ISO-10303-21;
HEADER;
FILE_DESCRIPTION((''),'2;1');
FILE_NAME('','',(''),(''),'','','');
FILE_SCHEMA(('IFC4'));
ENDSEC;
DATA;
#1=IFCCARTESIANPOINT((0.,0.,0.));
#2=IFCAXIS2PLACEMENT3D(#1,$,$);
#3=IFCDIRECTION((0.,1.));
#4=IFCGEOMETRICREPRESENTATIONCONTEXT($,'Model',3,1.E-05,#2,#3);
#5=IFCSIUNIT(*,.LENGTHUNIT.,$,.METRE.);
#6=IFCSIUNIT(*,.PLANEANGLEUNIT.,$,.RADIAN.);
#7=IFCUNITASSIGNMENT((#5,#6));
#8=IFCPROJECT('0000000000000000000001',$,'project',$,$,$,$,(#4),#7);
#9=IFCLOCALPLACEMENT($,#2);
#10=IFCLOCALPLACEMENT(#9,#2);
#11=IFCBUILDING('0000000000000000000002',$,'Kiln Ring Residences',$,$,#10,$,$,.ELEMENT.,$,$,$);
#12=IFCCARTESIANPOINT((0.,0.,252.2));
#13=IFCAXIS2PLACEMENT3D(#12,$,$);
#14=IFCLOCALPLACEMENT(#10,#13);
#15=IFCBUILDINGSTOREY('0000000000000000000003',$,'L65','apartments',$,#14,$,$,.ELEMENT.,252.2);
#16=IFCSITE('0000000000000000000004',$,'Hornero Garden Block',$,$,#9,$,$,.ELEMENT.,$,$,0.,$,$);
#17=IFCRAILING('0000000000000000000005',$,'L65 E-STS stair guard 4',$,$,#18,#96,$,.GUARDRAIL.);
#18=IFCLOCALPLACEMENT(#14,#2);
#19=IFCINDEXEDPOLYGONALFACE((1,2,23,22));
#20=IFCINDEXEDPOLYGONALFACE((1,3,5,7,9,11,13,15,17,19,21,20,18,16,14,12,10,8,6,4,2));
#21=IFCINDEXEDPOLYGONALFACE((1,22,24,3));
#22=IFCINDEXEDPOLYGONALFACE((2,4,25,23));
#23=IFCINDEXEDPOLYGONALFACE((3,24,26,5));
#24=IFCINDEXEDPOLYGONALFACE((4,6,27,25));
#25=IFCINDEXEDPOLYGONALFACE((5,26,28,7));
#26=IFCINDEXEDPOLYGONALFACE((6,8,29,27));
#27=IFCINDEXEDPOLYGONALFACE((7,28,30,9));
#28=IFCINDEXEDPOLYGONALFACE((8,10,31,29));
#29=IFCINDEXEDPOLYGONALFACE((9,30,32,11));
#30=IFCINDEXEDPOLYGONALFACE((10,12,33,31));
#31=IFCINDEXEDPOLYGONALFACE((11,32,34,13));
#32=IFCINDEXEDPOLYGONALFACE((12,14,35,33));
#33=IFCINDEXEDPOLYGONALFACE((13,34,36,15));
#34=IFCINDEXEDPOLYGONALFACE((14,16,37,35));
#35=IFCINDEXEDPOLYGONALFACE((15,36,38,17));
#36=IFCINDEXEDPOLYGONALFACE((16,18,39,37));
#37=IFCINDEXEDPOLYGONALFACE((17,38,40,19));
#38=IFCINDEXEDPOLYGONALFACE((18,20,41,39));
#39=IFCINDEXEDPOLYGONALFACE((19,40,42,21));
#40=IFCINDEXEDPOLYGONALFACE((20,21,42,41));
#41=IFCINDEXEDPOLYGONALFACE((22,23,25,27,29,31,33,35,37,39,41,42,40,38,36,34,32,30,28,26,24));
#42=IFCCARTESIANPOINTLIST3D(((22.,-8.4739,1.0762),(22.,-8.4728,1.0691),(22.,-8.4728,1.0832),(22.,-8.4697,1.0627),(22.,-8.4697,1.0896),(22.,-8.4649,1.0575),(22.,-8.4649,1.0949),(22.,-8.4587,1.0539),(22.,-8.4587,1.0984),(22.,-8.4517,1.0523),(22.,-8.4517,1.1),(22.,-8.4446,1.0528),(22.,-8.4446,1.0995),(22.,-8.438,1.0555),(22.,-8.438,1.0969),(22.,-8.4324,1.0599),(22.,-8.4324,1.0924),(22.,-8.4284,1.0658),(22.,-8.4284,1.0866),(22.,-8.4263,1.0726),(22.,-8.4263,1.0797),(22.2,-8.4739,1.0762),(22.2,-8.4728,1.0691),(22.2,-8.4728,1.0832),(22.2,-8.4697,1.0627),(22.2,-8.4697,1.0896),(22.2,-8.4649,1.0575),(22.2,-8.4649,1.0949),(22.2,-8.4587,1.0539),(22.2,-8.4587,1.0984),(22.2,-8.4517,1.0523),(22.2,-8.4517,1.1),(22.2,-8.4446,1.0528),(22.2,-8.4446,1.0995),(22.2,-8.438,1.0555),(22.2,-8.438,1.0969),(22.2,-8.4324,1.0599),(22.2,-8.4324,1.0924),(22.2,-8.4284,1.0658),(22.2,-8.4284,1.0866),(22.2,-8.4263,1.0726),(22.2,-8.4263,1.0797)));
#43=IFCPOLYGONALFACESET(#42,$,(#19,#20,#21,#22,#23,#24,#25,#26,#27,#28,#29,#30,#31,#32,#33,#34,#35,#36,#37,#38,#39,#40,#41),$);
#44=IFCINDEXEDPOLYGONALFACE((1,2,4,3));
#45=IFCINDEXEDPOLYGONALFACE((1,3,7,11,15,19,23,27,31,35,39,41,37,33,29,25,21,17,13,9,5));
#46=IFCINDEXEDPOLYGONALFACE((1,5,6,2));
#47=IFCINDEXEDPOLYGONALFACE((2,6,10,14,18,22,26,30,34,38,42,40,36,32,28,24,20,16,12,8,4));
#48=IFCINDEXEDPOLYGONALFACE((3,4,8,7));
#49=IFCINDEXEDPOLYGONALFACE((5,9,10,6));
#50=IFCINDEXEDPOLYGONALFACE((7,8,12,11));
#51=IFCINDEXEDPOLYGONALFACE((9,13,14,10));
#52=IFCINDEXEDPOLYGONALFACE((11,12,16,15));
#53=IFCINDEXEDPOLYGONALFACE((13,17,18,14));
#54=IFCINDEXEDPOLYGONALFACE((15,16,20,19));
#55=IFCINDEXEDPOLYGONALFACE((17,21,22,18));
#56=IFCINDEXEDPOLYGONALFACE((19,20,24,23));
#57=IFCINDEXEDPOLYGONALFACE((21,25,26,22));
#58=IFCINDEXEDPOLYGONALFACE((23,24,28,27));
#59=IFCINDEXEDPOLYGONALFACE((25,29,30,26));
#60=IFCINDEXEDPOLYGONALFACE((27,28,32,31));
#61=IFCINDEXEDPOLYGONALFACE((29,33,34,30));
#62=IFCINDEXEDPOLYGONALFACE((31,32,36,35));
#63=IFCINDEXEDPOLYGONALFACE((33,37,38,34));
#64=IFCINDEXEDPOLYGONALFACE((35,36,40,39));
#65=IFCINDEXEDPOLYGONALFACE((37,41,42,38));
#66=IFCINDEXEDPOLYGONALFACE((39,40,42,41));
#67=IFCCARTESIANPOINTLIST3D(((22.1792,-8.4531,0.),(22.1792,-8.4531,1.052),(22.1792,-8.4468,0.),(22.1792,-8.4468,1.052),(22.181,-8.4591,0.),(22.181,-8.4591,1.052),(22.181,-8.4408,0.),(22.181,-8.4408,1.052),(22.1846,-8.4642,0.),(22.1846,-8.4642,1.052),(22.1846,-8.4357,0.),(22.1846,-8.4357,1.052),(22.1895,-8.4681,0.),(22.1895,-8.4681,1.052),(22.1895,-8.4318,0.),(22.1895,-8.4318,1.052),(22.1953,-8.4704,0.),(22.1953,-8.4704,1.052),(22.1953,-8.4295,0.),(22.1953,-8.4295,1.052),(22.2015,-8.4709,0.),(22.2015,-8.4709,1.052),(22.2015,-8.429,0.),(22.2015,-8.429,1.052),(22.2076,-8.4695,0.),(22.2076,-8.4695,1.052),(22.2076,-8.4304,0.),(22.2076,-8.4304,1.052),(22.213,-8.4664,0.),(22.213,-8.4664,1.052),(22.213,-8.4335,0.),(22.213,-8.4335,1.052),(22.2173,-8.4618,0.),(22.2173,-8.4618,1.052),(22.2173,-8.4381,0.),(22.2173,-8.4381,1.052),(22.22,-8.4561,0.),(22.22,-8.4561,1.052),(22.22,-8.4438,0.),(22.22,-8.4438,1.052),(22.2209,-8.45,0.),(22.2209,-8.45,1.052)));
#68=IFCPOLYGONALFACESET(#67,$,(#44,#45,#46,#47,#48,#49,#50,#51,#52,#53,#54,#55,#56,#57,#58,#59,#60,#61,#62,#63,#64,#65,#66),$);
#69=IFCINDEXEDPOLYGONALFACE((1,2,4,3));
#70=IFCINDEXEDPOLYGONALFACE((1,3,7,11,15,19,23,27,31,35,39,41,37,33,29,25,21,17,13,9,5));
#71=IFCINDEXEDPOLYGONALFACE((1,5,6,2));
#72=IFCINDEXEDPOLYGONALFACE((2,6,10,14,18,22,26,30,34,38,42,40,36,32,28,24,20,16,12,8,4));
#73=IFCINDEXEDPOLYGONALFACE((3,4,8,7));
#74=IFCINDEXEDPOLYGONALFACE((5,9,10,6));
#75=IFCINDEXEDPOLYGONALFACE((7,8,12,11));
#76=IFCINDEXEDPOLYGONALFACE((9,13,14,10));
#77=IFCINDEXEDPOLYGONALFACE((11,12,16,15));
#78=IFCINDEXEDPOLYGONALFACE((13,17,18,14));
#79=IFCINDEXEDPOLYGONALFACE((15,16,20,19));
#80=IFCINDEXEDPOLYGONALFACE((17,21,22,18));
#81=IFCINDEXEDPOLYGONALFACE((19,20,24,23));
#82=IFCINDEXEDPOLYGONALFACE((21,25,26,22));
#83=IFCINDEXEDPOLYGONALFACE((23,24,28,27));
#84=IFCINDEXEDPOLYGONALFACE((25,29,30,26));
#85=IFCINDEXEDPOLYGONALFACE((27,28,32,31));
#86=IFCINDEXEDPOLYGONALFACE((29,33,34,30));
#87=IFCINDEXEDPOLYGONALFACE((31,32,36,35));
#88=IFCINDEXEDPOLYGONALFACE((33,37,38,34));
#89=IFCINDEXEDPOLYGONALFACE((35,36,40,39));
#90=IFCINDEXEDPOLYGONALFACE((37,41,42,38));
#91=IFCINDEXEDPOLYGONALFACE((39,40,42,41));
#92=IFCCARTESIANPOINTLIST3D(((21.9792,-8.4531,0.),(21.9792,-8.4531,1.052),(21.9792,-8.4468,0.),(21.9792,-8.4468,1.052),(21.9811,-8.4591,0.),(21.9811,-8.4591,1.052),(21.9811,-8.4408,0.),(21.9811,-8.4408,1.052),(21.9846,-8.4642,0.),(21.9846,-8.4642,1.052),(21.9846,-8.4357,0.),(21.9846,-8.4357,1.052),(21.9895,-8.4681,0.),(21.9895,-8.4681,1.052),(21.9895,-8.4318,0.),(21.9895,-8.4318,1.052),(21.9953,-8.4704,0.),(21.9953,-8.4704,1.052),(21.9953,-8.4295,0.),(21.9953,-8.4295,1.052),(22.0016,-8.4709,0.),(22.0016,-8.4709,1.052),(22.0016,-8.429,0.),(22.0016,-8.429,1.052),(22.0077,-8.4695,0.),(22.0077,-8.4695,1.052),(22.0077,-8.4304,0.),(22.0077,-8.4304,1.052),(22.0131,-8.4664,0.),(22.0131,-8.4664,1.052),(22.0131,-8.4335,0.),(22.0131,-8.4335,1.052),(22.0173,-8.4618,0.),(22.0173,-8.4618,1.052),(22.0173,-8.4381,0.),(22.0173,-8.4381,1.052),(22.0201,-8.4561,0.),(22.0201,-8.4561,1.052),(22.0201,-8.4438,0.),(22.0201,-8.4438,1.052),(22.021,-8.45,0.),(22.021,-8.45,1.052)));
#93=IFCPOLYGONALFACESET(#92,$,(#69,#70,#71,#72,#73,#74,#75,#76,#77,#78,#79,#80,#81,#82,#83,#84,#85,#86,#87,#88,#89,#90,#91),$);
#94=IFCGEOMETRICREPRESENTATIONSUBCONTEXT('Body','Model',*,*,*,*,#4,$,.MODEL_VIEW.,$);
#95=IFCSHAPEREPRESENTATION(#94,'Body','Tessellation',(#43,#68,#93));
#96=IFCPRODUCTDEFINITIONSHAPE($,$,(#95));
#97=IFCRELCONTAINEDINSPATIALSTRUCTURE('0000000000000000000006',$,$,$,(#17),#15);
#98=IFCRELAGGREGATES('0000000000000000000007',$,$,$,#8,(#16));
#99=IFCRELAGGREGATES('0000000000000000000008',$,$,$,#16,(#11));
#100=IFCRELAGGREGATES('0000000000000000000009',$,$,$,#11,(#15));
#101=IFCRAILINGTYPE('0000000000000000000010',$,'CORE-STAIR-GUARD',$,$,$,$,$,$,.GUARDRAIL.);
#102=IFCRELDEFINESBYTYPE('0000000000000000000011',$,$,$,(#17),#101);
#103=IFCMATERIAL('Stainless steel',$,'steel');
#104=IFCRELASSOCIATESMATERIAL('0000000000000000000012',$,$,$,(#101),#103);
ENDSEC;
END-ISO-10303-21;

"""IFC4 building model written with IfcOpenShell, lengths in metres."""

from ifc_helpers import new_model, si_unit, direction, frame, origin, origin_2d, place, context, subcontext, project, spatial, circle, extrude, material, type_object, element, save


model = new_model("IFC4")

# Units and contexts
model_context = context("Model", 3, precision=1e-05, world=origin(), true_north=direction((0.0, 1.0)))
body_context = subcontext(model_context, "Body", "Model", "MODEL_VIEW")
ifc_project = project(units=[si_unit("LENGTHUNIT", "METRE"), si_unit("PLANEANGLEUNIT", "RADIAN")], contexts=[model_context])

# Site, building, storey
site_placement = place(None, origin())
site = spatial("IfcSite", under=ifc_project, at=site_placement, Name="Hornero Garden Block", CompositionType="ELEMENT", RefElevation=0.0)
building_placement = place(site_placement, origin())
building = spatial("IfcBuilding", under=site, at=building_placement, Name="Kiln Ring Residences", CompositionType="ELEMENT")
storey_placement = place(building_placement, frame((0.0, 0.0, 252.2)))
storey = spatial("IfcBuildingStorey", under=building, at=storey_placement, Name="L65", Description="apartments", CompositionType="ELEMENT", Elevation=252.2)

# Railing
ifc_material_1 = material(Name="Stainless steel", Category="steel")
railing_type_1 = type_object("IfcRailingType", Name="CORE-STAIR-GUARD", PredefinedType="GUARDRAIL", material=ifc_material_1)
railing_1_placement = place(storey_placement, frame((22.2, -8.45, 0.0)))
element("IfcRailing", 1, at=railing_1_placement, inside=storey, type_object=railing_type_1, Name="L65 E-STS stair guard 4", PredefinedType="GUARDRAIL", context=body_context, shape_type="SweptSolid", body=[
    extrude(circle(Radius=0.0239, at=origin_2d()), frame((0.0, 0.0, 1.0762), z_axis=(-1.0, 0.0, 0.0), x_axis=(0.0, -1.0, 0.0)), (0.0, 0.0, 1.0), 0.2),
    extrude(circle(Radius=0.021, at=origin_2d()), origin(), (0.0, 0.0, 1.0), 1.052),
    extrude(circle(Radius=0.021, at=origin_2d()), frame((-0.2, 0.0, 0.0)), (0.0, 0.0, 1.0), 1.052),
])

save(model, "model.ifc")
